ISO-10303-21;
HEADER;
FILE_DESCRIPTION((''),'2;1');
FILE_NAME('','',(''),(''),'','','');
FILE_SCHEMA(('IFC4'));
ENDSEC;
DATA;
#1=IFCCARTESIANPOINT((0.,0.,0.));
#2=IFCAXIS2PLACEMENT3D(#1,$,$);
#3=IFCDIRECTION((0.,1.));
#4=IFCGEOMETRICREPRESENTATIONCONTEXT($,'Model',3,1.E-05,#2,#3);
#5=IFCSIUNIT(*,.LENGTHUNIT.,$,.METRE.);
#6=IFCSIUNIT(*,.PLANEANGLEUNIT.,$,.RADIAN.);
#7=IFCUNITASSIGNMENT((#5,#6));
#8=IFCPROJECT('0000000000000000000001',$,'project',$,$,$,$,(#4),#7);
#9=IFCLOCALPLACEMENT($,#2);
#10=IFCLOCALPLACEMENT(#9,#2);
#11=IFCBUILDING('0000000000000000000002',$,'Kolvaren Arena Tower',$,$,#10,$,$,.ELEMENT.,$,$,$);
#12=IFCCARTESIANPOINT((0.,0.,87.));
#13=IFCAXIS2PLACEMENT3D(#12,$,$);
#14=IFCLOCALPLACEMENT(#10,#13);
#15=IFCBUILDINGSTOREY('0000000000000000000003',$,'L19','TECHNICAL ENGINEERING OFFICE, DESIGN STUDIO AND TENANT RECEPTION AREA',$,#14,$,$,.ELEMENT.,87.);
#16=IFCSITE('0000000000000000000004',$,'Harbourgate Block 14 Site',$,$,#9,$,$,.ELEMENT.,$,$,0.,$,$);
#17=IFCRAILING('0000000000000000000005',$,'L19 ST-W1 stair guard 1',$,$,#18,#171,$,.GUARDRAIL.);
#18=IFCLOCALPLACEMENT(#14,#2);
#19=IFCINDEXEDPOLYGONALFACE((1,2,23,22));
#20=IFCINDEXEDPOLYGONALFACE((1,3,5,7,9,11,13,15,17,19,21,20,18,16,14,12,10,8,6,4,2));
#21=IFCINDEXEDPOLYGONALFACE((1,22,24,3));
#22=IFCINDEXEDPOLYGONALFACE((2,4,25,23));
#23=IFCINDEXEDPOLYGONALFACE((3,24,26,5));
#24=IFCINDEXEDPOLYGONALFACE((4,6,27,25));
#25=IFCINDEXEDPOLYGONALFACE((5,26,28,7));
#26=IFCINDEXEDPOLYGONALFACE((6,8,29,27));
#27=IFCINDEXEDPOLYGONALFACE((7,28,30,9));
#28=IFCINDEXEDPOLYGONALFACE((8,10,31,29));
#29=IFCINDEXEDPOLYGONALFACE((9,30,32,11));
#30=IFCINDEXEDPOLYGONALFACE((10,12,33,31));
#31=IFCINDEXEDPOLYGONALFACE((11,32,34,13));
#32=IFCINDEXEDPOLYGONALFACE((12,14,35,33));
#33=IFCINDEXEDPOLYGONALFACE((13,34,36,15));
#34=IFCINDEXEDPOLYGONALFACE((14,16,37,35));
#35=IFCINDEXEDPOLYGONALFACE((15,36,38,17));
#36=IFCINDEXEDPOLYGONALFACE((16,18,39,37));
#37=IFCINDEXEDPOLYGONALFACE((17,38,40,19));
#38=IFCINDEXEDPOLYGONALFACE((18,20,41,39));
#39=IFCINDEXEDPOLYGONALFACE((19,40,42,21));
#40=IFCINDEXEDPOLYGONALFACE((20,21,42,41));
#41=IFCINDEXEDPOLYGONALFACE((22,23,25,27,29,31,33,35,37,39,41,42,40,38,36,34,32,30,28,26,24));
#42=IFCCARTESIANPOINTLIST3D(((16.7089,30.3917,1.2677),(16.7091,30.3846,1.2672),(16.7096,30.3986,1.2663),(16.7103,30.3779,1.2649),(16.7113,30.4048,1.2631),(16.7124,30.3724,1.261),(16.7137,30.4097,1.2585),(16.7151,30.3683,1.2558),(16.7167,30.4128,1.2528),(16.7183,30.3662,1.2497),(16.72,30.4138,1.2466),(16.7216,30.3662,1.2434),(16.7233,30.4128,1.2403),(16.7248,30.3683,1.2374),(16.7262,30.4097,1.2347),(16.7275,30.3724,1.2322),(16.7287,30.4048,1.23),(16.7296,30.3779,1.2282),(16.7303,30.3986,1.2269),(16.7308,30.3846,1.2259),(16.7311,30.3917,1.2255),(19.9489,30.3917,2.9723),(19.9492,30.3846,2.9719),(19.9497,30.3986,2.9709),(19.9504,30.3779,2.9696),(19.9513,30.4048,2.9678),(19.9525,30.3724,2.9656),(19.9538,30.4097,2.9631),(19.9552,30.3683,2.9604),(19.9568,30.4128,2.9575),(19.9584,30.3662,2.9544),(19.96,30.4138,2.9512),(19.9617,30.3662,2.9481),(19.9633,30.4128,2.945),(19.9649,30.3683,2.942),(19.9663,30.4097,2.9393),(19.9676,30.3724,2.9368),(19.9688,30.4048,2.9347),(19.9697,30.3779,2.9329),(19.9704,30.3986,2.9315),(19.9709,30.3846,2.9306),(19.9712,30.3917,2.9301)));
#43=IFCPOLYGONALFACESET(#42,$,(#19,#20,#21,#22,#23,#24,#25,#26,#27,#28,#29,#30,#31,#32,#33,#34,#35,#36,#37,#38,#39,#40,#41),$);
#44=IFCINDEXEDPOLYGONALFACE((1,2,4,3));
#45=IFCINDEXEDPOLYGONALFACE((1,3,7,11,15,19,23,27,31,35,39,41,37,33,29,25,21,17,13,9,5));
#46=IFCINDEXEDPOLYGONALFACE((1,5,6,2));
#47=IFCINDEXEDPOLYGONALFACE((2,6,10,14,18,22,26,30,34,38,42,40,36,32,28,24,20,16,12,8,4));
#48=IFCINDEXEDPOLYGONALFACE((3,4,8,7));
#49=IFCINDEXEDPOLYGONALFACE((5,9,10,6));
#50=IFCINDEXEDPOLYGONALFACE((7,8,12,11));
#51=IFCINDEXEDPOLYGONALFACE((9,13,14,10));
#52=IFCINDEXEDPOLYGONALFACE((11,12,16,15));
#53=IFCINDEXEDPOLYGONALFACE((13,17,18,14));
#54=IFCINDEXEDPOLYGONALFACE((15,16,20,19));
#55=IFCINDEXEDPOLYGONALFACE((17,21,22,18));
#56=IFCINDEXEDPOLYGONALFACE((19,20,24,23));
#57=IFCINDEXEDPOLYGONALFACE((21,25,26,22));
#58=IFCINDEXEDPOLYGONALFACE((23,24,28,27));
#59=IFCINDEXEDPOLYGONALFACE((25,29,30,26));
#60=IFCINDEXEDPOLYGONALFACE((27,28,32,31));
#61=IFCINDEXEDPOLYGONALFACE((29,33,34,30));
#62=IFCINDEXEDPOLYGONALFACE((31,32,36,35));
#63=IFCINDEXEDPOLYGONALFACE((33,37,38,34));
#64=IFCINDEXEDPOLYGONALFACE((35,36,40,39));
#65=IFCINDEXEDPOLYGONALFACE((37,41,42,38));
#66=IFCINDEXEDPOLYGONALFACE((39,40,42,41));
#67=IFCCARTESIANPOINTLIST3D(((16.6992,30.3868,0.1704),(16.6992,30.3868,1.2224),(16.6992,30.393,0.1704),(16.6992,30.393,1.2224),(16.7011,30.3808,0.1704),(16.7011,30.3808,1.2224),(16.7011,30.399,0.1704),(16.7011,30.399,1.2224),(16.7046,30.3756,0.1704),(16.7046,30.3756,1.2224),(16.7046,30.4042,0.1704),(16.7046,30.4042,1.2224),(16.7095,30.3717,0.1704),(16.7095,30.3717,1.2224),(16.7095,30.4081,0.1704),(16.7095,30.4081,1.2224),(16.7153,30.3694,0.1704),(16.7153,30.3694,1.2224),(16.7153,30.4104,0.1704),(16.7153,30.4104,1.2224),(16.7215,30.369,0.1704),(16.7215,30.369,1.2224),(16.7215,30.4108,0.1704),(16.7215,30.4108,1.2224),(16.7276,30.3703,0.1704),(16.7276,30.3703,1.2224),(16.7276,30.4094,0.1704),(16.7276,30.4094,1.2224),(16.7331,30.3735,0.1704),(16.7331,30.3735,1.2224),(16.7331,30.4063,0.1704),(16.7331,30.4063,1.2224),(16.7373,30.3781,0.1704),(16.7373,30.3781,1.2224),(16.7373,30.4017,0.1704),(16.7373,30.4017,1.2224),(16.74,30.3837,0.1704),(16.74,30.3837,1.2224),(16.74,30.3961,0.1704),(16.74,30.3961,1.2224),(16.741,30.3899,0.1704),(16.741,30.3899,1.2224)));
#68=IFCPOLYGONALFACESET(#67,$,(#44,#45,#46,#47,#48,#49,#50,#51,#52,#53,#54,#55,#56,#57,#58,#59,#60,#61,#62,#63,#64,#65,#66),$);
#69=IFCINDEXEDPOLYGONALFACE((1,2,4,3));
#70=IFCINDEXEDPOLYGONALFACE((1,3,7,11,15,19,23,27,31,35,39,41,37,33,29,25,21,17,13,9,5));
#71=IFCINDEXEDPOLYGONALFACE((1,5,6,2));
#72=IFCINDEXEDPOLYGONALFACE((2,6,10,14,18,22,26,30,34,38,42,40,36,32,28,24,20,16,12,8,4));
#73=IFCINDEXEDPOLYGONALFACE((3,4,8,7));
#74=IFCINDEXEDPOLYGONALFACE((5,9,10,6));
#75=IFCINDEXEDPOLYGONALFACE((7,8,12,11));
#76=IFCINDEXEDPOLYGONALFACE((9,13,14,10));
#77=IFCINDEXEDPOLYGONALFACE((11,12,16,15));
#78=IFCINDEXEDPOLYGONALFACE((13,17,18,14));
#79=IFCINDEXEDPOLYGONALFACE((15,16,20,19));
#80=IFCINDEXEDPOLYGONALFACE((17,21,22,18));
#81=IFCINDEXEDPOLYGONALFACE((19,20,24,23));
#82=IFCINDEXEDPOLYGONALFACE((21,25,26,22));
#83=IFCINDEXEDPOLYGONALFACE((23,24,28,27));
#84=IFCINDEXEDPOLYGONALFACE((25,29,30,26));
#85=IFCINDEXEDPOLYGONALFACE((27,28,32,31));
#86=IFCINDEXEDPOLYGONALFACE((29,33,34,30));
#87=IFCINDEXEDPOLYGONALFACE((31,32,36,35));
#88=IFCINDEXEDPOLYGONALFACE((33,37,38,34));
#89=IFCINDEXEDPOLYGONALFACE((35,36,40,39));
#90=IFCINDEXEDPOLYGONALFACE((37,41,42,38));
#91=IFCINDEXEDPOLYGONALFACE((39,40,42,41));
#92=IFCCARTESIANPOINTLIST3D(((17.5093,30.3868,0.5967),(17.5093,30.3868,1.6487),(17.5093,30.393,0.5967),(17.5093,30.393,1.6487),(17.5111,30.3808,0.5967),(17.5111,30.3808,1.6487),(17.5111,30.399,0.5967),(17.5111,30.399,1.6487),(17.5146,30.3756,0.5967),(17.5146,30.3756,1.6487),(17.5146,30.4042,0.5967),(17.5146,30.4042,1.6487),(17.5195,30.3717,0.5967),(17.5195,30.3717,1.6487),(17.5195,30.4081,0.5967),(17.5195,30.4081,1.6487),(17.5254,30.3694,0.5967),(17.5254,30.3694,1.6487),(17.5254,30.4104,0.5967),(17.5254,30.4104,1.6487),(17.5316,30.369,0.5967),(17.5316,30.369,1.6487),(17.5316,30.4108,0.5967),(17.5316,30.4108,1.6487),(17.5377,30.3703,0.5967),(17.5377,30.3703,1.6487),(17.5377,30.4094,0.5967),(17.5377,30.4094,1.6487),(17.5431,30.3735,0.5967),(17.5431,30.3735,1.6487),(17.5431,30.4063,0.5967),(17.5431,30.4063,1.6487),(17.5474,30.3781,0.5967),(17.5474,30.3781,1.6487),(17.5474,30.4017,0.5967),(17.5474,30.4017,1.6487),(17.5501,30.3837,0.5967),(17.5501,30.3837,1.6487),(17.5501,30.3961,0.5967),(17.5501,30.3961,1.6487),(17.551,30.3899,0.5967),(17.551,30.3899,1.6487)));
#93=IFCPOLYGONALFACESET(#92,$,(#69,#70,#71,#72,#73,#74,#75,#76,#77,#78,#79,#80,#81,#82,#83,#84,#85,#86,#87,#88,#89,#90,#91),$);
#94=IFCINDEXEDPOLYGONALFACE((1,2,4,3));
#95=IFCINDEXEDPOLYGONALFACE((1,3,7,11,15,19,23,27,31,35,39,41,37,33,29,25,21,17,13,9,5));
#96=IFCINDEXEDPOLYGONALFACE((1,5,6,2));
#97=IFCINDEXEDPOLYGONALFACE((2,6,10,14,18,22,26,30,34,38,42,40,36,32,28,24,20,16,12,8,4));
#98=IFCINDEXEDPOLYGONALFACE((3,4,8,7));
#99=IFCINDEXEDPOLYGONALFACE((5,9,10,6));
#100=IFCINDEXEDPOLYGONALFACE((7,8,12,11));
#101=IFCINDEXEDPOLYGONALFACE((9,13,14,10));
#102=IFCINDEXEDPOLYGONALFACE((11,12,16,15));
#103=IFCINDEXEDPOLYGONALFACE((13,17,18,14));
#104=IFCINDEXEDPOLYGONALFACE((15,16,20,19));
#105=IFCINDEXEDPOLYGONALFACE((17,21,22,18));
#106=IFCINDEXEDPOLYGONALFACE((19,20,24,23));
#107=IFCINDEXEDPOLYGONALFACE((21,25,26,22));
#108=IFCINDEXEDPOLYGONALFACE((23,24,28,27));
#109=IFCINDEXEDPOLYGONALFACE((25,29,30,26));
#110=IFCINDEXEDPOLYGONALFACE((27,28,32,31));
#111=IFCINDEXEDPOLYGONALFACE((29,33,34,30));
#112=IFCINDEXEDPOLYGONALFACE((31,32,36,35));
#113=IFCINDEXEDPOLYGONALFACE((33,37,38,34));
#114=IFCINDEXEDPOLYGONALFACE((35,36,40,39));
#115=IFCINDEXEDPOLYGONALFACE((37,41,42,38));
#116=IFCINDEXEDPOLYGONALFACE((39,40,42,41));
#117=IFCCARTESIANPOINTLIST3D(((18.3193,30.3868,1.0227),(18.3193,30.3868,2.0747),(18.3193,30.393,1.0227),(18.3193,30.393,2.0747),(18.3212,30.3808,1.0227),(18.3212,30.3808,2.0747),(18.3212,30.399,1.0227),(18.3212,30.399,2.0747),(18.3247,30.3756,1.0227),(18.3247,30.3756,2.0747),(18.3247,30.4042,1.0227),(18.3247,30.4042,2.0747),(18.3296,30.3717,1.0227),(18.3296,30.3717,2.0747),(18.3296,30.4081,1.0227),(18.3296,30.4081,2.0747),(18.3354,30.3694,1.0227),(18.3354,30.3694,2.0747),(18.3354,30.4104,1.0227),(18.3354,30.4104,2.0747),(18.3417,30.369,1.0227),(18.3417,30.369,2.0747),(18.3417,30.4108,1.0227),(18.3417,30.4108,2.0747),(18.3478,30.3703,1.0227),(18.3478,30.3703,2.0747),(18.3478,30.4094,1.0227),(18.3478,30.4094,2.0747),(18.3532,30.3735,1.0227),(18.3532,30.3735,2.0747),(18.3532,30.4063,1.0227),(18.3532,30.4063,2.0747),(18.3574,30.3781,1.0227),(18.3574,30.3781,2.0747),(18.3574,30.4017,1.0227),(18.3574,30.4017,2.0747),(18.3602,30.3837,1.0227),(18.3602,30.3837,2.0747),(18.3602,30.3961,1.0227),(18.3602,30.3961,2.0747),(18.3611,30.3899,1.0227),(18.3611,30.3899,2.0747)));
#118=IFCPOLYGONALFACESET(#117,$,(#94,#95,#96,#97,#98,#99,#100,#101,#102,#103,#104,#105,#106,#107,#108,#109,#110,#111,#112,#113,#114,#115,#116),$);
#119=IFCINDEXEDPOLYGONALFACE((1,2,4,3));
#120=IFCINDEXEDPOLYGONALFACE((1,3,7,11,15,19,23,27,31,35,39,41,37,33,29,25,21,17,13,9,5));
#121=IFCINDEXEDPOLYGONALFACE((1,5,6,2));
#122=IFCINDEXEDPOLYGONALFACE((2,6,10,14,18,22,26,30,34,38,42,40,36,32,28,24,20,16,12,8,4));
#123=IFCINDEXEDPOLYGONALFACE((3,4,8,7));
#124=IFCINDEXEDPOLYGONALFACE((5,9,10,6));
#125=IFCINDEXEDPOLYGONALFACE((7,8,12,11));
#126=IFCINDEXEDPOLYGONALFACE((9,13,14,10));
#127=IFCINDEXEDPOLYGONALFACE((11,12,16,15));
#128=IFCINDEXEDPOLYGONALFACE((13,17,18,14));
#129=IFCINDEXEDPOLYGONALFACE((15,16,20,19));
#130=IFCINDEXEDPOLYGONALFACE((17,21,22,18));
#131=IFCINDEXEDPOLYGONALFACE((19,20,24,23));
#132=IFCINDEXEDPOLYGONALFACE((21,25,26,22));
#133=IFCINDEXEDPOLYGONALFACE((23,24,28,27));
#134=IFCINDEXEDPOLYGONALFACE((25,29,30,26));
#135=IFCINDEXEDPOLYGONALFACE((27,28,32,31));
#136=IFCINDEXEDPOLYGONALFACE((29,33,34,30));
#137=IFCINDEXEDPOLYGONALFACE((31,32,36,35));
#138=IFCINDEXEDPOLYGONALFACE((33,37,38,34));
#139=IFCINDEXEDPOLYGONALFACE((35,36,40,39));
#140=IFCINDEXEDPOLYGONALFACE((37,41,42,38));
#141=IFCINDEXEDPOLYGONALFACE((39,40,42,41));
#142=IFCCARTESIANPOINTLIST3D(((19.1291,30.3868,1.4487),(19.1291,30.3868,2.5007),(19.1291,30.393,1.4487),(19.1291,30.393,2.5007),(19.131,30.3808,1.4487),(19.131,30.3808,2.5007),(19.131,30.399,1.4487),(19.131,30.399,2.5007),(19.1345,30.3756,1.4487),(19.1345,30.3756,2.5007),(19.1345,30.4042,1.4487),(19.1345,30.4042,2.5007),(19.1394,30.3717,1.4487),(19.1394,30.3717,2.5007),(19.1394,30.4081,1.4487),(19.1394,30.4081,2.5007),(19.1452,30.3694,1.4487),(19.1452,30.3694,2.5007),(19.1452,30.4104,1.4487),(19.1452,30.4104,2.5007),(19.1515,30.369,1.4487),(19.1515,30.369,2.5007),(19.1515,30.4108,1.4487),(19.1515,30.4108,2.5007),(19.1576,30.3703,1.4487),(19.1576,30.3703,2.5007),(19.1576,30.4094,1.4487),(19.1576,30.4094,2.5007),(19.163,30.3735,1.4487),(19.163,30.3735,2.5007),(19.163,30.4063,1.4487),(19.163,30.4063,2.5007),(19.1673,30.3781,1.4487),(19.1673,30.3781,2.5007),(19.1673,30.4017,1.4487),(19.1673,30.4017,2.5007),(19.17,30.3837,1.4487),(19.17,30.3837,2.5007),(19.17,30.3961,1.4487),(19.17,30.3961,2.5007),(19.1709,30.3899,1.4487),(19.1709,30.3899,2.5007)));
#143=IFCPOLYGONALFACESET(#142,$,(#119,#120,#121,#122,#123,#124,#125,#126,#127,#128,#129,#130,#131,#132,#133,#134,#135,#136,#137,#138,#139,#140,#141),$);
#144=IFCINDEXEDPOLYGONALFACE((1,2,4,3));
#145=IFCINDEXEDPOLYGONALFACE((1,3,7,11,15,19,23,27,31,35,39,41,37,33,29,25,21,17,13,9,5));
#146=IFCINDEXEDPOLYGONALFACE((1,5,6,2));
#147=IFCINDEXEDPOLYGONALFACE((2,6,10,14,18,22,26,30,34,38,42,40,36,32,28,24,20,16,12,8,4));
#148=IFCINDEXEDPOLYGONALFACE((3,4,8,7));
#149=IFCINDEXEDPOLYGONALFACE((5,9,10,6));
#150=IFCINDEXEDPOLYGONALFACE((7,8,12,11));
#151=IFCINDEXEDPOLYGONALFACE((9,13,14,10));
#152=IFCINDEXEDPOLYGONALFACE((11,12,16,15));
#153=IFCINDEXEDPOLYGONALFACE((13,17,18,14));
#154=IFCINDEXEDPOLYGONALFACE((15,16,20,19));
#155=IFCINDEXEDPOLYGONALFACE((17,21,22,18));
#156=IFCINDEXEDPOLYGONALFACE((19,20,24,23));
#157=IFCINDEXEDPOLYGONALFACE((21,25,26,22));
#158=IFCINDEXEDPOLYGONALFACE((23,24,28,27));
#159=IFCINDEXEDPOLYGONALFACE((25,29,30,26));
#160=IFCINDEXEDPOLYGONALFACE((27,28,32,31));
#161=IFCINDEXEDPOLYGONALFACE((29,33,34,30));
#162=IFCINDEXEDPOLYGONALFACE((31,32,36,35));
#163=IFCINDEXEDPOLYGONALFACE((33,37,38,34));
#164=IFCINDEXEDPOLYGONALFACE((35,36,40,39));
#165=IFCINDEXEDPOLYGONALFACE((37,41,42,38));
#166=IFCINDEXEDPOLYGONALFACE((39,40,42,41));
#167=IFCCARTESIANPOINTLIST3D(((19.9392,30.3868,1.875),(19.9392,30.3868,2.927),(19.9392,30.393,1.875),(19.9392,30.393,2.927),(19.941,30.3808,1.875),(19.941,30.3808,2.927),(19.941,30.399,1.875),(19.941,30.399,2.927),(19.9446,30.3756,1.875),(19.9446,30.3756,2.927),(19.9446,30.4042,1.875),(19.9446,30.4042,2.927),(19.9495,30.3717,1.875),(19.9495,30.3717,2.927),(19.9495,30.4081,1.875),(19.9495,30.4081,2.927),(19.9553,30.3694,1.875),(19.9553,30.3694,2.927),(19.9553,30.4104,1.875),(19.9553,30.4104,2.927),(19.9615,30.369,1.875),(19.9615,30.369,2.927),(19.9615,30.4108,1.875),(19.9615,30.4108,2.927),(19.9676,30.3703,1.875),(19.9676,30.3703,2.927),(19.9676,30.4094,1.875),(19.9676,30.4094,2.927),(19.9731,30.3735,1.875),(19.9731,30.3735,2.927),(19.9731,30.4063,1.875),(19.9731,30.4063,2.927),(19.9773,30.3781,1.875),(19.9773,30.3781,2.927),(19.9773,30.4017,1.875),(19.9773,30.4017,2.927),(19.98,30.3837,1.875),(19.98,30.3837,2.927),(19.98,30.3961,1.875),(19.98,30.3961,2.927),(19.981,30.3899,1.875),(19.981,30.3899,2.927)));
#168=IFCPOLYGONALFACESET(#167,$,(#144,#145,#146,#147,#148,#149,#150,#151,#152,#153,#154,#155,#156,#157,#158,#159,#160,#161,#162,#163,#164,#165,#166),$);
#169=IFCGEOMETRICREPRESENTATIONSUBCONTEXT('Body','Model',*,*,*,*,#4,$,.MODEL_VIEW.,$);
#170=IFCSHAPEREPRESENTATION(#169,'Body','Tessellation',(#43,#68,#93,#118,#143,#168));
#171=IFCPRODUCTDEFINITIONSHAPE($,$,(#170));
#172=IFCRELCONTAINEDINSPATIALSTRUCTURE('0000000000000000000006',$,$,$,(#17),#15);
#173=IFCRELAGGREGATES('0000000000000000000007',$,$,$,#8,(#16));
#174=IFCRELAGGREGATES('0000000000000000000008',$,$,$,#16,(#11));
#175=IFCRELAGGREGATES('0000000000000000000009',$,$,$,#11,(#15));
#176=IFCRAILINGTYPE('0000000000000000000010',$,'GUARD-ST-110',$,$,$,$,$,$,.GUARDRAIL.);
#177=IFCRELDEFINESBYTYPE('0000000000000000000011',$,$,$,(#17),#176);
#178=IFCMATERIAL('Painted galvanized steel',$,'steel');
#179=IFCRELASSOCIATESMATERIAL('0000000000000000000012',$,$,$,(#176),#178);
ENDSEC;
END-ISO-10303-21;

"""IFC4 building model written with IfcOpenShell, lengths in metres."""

from ifc_helpers import new_model, si_unit, direction, frame, origin, origin_2d, place, context, subcontext, project, spatial, circle, extrude, material, type_object, element, save


model = new_model("IFC4")

# Units and contexts
model_context = context("Model", 3, precision=1e-05, world=origin(), true_north=direction((0.0, 1.0)))
body_context = subcontext(model_context, "Body", "Model", "MODEL_VIEW")
ifc_project = project(units=[si_unit("LENGTHUNIT", "METRE"), si_unit("PLANEANGLEUNIT", "RADIAN")], contexts=[model_context])

# Site, building, storey
site_placement = place(None, origin())
site = spatial("IfcSite", under=ifc_project, at=site_placement, Name="Harbourgate Block 14 Site", CompositionType="ELEMENT", RefElevation=0.0)
building_placement = place(site_placement, origin())
building = spatial("IfcBuilding", under=site, at=building_placement, Name="Kolvaren Arena Tower", CompositionType="ELEMENT")
storey_placement = place(building_placement, frame((0.0, 0.0, 87.0)))
storey = spatial("IfcBuildingStorey", under=building, at=storey_placement, Name="L19", Description="TECHNICAL ENGINEERING OFFICE, DESIGN STUDIO AND TENANT RECEPTION AREA", CompositionType="ELEMENT", Elevation=87.0)

# Railing
ifc_material_1 = material(Name="Painted galvanized steel", Category="steel")
railing_type_1 = type_object("IfcRailingType", Name="GUARD-ST-110", PredefinedType="GUARDRAIL", material=ifc_material_1)
railing_1_placement = place(storey_placement, frame((16.72, 30.3899, 0.1704)))
element("IfcRailing", 1, at=railing_1_placement, inside=storey, type_object=railing_type_1, Name="L19 ST-W1 stair guard 1", PredefinedType="GUARDRAIL", context=body_context, shape_type="SweptSolid", body=[
    extrude(circle(Radius=0.0239, at=origin_2d()), frame((0.0, 0.0, 1.0762), z_axis=(0.884993, 0.0, 0.465604), x_axis=(0.0, 1.0, 0.0)), (0.0, 0.0, 1.0), 3.6611),
    extrude(circle(Radius=0.021, at=origin_2d()), origin(), (0.0, 0.0, 1.0), 1.052),
    extrude(circle(Radius=0.021, at=origin_2d()), frame((0.8101, 0.0, 0.4263)), (0.0, 0.0, 1.0), 1.052),
    extrude(circle(Radius=0.021, at=origin_2d()), frame((1.6201, 0.0, 0.8523)), (0.0, 0.0, 1.0), 1.052),
    extrude(circle(Radius=0.021, at=origin_2d()), frame((2.4299, 0.0, 1.2783)), (0.0, 0.0, 1.0), 1.052),
    extrude(circle(Radius=0.021, at=origin_2d()), frame((3.24, 0.0, 1.7046)), (0.0, 0.0, 1.0), 1.052),
])

save(model, "model.ifc")
